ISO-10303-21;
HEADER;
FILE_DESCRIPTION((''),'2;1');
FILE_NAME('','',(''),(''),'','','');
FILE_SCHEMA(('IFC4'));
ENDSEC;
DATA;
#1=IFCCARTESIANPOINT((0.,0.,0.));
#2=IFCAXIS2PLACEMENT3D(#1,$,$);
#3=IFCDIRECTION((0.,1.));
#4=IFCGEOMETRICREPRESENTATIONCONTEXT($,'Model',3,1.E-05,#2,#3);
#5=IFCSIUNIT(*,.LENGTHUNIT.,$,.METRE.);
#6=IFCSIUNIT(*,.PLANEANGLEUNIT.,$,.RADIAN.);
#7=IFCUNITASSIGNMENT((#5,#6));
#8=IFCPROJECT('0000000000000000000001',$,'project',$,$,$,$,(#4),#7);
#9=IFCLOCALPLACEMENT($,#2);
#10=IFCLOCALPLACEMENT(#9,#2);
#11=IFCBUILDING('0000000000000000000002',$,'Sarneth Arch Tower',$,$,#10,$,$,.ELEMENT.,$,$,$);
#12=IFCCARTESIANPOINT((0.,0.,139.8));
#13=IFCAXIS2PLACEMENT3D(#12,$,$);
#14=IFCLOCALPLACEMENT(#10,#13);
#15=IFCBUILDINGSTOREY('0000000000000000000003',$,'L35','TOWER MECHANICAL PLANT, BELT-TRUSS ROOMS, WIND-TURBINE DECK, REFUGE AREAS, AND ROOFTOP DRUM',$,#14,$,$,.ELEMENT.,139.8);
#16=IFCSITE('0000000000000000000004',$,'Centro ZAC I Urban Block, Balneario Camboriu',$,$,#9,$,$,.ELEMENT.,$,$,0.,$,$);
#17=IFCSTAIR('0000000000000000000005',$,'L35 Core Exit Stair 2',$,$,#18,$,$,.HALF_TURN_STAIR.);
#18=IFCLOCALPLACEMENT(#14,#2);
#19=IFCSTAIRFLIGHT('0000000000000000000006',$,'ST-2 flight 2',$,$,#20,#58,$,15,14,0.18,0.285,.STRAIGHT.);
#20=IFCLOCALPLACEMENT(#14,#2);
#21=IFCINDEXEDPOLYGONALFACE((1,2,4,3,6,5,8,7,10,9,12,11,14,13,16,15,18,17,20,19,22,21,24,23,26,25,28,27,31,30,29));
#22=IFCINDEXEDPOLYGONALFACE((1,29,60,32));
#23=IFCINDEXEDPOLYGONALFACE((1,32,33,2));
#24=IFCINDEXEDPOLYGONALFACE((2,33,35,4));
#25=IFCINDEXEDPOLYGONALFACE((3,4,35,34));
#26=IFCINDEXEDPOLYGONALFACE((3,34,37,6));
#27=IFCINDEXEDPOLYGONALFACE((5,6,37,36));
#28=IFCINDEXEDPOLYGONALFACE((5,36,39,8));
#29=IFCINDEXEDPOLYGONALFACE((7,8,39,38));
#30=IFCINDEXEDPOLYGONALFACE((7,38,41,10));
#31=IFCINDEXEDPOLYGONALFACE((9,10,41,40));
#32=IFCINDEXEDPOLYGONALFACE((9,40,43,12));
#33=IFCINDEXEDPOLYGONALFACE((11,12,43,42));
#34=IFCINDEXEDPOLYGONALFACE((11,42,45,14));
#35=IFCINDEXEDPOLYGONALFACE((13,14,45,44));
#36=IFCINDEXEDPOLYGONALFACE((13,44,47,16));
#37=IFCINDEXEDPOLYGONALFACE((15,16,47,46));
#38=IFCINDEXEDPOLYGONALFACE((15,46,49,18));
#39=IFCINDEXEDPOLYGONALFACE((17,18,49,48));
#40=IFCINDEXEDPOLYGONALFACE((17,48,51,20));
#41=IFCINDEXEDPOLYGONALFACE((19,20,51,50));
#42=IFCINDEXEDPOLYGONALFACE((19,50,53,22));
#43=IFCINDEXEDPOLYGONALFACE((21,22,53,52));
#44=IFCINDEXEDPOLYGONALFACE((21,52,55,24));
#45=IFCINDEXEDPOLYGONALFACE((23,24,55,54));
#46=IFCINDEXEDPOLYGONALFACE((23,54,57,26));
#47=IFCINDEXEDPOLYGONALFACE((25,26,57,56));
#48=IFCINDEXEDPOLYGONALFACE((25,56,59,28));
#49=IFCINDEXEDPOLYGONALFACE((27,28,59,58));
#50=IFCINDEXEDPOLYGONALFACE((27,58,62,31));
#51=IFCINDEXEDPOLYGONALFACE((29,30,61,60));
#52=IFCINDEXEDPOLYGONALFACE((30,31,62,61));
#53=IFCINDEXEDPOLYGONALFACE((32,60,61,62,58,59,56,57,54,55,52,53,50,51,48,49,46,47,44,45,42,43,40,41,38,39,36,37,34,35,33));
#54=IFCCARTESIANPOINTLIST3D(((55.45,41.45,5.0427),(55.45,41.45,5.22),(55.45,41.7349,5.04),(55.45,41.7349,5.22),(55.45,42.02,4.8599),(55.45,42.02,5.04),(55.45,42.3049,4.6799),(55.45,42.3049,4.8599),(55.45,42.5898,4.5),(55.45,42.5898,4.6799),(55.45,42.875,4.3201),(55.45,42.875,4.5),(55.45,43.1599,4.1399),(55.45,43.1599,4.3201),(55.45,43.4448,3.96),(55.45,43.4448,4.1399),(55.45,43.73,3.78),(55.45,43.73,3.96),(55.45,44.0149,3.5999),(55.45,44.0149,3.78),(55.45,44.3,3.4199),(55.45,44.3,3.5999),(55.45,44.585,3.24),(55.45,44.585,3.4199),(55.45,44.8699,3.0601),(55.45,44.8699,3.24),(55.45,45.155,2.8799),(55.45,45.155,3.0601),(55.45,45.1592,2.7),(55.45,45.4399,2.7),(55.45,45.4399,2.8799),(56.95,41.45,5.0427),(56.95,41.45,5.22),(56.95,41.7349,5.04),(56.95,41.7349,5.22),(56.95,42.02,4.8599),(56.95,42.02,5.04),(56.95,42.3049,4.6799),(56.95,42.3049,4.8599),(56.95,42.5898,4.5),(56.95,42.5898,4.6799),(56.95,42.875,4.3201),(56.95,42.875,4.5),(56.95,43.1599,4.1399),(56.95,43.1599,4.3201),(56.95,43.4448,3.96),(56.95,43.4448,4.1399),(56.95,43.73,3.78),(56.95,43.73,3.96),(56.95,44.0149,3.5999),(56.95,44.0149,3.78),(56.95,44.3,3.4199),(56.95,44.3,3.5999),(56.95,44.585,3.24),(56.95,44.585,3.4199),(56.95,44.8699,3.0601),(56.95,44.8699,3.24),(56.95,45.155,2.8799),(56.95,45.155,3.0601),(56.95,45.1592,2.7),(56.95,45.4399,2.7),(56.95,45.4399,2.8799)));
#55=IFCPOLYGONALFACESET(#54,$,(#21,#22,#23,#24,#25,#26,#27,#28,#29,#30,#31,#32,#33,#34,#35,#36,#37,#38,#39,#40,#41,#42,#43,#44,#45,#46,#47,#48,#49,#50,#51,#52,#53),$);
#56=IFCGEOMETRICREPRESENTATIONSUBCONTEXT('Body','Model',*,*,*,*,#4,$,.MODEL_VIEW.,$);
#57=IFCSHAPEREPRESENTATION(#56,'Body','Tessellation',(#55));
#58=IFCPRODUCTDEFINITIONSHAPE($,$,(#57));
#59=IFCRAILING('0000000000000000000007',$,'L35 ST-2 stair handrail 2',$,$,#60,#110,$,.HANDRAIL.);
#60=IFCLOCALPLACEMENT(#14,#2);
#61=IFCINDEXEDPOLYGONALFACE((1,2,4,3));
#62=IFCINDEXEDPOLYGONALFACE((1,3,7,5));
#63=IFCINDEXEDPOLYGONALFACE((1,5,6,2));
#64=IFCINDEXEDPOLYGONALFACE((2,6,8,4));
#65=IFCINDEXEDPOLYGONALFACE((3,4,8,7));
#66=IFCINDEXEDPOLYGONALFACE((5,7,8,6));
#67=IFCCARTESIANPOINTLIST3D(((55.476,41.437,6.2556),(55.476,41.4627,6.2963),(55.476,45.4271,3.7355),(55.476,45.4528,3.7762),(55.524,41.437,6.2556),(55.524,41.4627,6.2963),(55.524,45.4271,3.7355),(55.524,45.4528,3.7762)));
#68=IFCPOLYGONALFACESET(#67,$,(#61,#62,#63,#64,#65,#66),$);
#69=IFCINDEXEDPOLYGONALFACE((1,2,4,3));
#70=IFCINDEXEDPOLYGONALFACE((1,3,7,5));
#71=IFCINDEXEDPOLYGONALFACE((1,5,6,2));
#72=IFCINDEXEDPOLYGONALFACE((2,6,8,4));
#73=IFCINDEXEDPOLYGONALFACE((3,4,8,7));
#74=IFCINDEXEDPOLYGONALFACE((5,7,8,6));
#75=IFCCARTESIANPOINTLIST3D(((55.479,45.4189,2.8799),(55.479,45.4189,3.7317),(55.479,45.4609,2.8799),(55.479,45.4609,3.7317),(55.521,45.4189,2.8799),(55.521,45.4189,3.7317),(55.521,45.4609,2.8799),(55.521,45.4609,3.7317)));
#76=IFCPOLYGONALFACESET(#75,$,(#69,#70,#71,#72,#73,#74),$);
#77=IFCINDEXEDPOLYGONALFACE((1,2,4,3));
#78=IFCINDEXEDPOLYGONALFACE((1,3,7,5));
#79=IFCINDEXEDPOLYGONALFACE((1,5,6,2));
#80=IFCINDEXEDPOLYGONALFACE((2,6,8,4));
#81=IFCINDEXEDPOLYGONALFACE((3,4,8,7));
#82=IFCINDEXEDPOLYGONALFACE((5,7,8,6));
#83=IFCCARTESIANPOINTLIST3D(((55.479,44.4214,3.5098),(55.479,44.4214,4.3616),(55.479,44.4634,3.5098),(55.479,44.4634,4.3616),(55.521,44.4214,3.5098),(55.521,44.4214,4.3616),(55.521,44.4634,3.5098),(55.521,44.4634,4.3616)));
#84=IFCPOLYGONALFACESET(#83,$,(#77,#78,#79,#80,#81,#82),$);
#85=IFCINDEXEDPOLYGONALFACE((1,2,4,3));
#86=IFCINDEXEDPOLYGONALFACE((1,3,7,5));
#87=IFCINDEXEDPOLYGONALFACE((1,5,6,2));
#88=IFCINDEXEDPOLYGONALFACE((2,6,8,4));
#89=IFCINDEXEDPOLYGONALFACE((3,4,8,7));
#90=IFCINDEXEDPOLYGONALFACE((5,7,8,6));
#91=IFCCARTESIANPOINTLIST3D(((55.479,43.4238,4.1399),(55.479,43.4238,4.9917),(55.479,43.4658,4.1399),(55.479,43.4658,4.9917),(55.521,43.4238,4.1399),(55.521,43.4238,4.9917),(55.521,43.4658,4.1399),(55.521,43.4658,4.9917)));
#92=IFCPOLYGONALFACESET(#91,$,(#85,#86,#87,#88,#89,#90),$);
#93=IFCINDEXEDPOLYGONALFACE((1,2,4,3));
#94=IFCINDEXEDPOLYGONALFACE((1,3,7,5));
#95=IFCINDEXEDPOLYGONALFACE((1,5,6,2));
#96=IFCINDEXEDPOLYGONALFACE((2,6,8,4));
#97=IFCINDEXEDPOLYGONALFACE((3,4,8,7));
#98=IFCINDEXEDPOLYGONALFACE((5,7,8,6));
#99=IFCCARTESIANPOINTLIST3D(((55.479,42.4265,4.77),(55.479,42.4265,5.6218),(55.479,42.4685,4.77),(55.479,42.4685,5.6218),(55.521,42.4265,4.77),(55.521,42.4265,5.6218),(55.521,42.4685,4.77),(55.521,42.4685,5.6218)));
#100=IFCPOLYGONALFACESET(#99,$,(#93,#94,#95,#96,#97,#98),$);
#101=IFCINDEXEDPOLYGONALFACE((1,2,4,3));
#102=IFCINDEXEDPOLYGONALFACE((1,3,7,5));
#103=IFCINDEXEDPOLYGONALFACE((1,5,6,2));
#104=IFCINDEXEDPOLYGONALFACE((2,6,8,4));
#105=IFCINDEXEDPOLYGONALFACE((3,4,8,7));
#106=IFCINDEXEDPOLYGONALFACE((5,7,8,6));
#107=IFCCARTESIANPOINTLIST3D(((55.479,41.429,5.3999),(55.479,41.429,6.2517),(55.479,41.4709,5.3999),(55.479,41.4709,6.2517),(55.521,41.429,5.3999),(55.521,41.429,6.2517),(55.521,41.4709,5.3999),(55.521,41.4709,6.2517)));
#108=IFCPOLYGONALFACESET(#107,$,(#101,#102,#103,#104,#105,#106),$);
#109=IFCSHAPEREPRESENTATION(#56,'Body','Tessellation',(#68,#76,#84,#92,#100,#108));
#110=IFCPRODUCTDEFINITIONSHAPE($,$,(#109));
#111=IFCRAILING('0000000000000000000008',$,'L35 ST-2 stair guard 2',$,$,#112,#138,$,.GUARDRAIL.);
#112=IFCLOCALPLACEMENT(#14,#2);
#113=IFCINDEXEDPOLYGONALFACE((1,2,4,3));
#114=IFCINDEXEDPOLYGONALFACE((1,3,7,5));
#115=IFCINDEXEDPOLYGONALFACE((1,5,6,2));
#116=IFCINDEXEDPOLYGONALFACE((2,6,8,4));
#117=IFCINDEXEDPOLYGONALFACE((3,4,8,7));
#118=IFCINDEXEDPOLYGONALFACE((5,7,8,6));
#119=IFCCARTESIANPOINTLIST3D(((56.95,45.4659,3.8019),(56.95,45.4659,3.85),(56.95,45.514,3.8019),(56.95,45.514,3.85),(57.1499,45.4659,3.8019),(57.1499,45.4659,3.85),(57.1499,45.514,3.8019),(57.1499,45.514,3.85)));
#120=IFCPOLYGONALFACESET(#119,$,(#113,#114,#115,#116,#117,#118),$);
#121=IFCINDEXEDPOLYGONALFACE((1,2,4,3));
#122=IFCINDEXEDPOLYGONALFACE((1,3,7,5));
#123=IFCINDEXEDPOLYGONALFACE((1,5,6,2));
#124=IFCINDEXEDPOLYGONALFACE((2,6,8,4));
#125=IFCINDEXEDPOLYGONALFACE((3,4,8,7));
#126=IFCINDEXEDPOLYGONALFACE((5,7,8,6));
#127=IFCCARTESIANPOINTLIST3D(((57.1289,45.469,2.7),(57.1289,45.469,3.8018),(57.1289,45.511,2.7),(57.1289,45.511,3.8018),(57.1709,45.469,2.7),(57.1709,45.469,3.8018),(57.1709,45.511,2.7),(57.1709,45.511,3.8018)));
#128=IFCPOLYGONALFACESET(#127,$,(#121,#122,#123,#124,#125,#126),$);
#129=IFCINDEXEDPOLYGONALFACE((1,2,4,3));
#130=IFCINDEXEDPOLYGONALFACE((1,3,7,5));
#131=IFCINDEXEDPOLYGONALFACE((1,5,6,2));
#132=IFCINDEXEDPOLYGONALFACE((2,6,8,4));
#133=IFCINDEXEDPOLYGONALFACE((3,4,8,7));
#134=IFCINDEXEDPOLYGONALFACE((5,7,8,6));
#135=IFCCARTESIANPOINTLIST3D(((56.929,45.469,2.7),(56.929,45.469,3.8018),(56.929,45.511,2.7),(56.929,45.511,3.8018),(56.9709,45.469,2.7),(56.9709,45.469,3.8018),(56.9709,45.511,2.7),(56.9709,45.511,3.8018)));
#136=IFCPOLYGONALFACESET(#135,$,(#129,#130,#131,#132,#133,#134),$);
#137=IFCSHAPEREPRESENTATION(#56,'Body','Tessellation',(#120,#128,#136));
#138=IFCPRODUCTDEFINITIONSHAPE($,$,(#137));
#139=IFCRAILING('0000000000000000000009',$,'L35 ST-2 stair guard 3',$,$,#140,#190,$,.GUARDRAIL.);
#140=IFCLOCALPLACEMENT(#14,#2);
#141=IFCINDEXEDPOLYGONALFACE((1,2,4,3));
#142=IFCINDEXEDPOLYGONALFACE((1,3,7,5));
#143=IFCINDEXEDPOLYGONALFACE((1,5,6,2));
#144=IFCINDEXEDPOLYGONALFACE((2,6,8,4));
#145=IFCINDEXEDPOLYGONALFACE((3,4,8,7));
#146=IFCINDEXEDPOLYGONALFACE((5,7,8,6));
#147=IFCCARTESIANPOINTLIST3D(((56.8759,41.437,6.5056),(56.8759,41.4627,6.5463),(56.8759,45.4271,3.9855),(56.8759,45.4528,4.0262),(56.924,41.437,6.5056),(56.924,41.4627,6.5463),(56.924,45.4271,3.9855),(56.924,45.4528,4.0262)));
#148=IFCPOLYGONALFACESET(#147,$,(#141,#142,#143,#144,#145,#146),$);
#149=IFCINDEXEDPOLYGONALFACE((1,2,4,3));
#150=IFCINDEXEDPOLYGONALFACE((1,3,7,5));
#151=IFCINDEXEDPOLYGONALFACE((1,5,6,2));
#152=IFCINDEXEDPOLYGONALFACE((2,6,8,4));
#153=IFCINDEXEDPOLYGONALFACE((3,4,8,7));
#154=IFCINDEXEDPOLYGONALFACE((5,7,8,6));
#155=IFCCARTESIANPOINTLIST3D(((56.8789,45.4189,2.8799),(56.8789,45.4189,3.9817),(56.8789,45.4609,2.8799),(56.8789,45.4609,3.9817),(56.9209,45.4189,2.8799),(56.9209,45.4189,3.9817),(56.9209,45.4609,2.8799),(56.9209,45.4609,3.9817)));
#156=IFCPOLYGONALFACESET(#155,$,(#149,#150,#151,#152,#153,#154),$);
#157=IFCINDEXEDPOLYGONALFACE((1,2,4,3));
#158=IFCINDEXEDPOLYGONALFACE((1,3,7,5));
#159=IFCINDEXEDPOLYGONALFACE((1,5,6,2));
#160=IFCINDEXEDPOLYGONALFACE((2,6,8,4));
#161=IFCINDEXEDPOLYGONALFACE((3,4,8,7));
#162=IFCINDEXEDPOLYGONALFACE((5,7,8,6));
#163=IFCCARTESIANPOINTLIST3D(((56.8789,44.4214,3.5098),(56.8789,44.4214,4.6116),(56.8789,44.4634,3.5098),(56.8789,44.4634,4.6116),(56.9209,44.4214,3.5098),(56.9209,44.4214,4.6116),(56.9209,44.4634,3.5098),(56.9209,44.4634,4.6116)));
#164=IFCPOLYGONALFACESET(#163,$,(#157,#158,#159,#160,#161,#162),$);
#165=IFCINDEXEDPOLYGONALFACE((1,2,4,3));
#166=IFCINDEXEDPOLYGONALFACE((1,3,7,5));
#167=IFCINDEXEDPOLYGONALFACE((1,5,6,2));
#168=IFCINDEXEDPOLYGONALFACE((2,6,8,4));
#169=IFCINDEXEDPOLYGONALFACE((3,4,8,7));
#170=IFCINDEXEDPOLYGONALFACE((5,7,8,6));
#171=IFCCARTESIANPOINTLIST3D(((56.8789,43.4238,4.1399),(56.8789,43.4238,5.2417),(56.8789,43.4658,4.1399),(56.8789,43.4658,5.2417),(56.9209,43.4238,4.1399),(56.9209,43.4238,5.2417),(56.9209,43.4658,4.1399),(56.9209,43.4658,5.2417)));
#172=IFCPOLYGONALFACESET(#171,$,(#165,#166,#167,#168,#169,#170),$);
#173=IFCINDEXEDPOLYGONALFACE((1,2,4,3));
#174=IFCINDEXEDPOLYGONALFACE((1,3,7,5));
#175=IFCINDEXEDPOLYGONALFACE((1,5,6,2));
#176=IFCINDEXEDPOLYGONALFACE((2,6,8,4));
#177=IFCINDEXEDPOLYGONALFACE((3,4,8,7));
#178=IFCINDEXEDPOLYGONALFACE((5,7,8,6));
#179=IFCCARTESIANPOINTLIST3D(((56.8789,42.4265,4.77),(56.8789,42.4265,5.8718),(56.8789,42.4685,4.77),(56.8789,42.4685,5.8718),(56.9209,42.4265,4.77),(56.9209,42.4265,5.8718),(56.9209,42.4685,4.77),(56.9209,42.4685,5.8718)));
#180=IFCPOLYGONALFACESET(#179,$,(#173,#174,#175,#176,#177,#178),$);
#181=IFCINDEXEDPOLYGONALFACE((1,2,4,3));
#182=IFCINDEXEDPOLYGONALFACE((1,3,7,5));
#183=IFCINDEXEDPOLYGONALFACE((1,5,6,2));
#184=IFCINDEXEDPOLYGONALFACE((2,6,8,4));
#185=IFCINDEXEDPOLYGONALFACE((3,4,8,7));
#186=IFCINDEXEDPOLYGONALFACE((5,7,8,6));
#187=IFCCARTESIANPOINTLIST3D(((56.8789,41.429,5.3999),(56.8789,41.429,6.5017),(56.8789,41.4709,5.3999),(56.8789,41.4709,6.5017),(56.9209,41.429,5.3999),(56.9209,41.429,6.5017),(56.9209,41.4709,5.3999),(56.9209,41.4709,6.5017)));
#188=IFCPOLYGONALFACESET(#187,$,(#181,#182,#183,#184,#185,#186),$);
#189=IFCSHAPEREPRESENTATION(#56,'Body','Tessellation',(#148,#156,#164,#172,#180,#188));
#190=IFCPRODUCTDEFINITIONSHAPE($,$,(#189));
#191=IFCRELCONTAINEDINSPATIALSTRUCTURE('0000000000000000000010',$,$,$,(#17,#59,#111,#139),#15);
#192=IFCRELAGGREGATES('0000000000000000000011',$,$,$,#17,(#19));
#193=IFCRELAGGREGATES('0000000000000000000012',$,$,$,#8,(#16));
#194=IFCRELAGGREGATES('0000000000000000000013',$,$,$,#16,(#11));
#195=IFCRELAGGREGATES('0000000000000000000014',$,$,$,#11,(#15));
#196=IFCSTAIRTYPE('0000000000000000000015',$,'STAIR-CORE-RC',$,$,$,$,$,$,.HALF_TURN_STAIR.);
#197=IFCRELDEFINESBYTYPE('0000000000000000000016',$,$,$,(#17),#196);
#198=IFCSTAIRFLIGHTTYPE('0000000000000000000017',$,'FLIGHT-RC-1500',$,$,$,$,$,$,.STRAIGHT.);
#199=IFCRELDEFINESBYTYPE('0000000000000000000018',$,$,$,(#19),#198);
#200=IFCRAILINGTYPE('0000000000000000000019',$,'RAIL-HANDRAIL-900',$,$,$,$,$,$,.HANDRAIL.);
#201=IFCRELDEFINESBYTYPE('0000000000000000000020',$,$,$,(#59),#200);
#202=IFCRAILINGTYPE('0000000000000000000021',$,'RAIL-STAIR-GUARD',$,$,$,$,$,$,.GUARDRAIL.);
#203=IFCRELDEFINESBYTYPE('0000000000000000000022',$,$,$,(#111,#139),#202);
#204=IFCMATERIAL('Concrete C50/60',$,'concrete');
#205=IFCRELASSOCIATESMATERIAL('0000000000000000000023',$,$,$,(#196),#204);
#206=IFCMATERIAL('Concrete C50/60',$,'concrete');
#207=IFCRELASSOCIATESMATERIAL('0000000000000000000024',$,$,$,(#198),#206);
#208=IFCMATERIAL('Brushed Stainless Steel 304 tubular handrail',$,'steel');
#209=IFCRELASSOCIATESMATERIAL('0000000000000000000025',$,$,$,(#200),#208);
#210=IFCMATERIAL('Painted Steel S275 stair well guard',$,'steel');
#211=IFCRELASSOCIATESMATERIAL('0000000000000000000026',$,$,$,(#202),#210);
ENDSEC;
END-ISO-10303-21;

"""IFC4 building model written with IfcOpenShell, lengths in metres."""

from ifc_helpers import new_model, si_unit, direction, frame, origin, origin_2d, place, context, subcontext, project, spatial, polyline, rectangle, outline, extrude, material, type_object, element, aggregate, save


model = new_model("IFC4")

# Units and contexts
model_context = context("Model", 3, precision=1e-05, world=origin(), true_north=direction((0.0, 1.0)))
body_context = subcontext(model_context, "Body", "Model", "MODEL_VIEW")
ifc_project = project(units=[si_unit("LENGTHUNIT", "METRE"), si_unit("PLANEANGLEUNIT", "RADIAN")], contexts=[model_context])

# Site, building, storey
site_placement = place(None, origin())
site = spatial("IfcSite", under=ifc_project, at=site_placement, Name="Centro ZAC I Urban Block, Balneario Camboriu", CompositionType="ELEMENT", RefElevation=0.0)
building_placement = place(site_placement, origin())
building = spatial("IfcBuilding", under=site, at=building_placement, Name="Sarneth Arch Tower", CompositionType="ELEMENT")
storey_placement = place(building_placement, frame((0.0, 0.0, 139.8)))
storey = spatial("IfcBuildingStorey", under=building, at=storey_placement, Name="L35", Description="TOWER MECHANICAL PLANT, BELT-TRUSS ROOMS, WIND-TURBINE DECK, REFUGE AREAS, AND ROOFTOP DRUM", CompositionType="ELEMENT", Elevation=139.8)

# Stair, stair flight
ifc_material_1 = material(Name="Concrete C50/60", Category="concrete")
stair_type = type_object("IfcStairType", Name="STAIR-CORE-RC", PredefinedType="HALF_TURN_STAIR", material=ifc_material_1)
stair_placement = place(storey_placement, origin())
stair = element("IfcStair", 1, at=stair_placement, inside=storey, type_object=stair_type, Name="L35 Core Exit Stair 2", PredefinedType="HALF_TURN_STAIR")
ifc_material_2 = material(Name="Concrete C50/60", Category="concrete")
stair_flight_type = type_object("IfcStairFlightType", Name="FLIGHT-RC-1500", PredefinedType="STRAIGHT", material=ifc_material_2)
stair_flight_placement = place(storey_placement, frame((56.2, 45.4399, 2.7), z_axis=(0.0, 0.0, 1.0), x_axis=(0.0, -1.0, 0.0)))
stair_flight = element("IfcStairFlight", 2, at=stair_flight_placement, type_object=stair_flight_type, Name="ST-2 flight 2", NumberOfRisers=15, NumberOfTreads=14, PredefinedType="STRAIGHT", RiserHeight=0.18, TreadLength=0.285, context=body_context, shape_type="SweptSolid", body=[
    extrude(outline(polyline([(0.0, 0.0), (0.0, 0.1799), (0.2849, 0.1799), (0.2849, 0.3601), (0.5701, 0.3601), (0.5701, 0.54), (0.855, 0.54), (0.855, 0.72), (1.1399, 0.72), (1.1399, 0.8999), (1.425, 0.8999), (1.425, 1.0801), (1.71, 1.0801), (1.71, 1.26), (1.9951, 1.26), (1.9951, 1.4399), (2.28, 1.4399), (2.28, 1.6201), (2.5649, 1.6201), (2.5649, 1.8), (2.8501, 1.8), (2.8501, 1.98), (3.135, 1.98), (3.135, 2.1599), (3.4199, 2.1599), (3.4199, 2.3401), (3.7051, 2.3401), (3.7051, 2.52), (3.99, 2.52), (3.99, 2.7), (3.99, 2.3428), (0.2808, 0.0), (0.0, 0.0)])), frame((0.0, 0.75, 0.0), z_axis=(0.0, -1.0, 0.0), x_axis=(1.0, 0.0, 0.0)), (0.0, 0.0, 1.0), 1.5),
])
aggregate(stair, [stair_flight])

# Railings
ifc_material_3 = material(Name="Brushed Stainless Steel 304 tubular handrail", Category="steel")
railing_type_1 = type_object("IfcRailingType", Name="RAIL-HANDRAIL-900", PredefinedType="HANDRAIL", material=ifc_material_3)
railing_1_placement = place(storey_placement, frame((55.5, 45.4399, 2.8799)))
element("IfcRailing", 3, at=railing_1_placement, inside=storey, type_object=railing_type_1, Name="L35 ST-2 stair handrail 2", PredefinedType="HANDRAIL", context=body_context, shape_type="SweptSolid", body=[
    extrude(rectangle(XDim=0.0481, YDim=0.0481, at=origin_2d()), frame((0.0, 0.0, 0.876), z_axis=(0.0, -0.845486, 0.533997), x_axis=(1.0, 0.0, 0.0)), (0.0, 0.0, 1.0), 4.7192),
    extrude(rectangle(XDim=0.042, YDim=0.042, at=origin_2d()), origin(), (0.0, 0.0, 1.0), 0.8518),
    extrude(rectangle(XDim=0.042, YDim=0.042, at=origin_2d()), frame((0.0, -0.9976, 0.6299)), (0.0, 0.0, 1.0), 0.8518),
    extrude(rectangle(XDim=0.042, YDim=0.042, at=origin_2d()), frame((0.0, -1.9951, 1.26)), (0.0, 0.0, 1.0), 0.8518),
    extrude(rectangle(XDim=0.042, YDim=0.042, at=origin_2d()), frame((0.0, -2.9924, 1.8901)), (0.0, 0.0, 1.0), 0.8518),
    extrude(rectangle(XDim=0.042, YDim=0.042, at=origin_2d()), frame((0.0, -3.99, 2.52)), (0.0, 0.0, 1.0), 0.8518),
])
ifc_material_4 = material(Name="Painted Steel S275 stair well guard", Category="steel")
railing_type_2 = type_object("IfcRailingType", Name="RAIL-STAIR-GUARD", PredefinedType="GUARDRAIL", material=ifc_material_4)
railing_2_placement = place(storey_placement, frame((57.1499, 45.49, 2.7)))
element("IfcRailing", 4, at=railing_2_placement, inside=storey, type_object=railing_type_2, Name="L35 ST-2 stair guard 2", PredefinedType="GUARDRAIL", context=body_context, shape_type="SweptSolid", body=[
    extrude(rectangle(XDim=0.0481, YDim=0.0481, at=origin_2d()), frame((0.0, 0.0, 1.126), z_axis=(-1.0, 0.0, 0.0), x_axis=(0.0, -1.0, 0.0)), (0.0, 0.0, 1.0), 0.2),
    extrude(rectangle(XDim=0.042, YDim=0.042, at=origin_2d()), origin(), (0.0, 0.0, 1.0), 1.1018),
    extrude(rectangle(XDim=0.042, YDim=0.042, at=origin_2d()), frame((-0.2, 0.0, 0.0)), (0.0, 0.0, 1.0), 1.1018),
])
railing_3_placement = place(storey_placement, frame((56.8999, 45.4399, 2.8799)))
element("IfcRailing", 5, at=railing_3_placement, inside=storey, type_object=railing_type_2, Name="L35 ST-2 stair guard 3", PredefinedType="GUARDRAIL", context=body_context, shape_type="SweptSolid", body=[
    extrude(rectangle(XDim=0.0481, YDim=0.0481, at=origin_2d()), frame((0.0, 0.0, 1.126), z_axis=(0.0, -0.845486, 0.533997), x_axis=(1.0, 0.0, 0.0)), (0.0, 0.0, 1.0), 4.7192),
    extrude(rectangle(XDim=0.042, YDim=0.042, at=origin_2d()), origin(), (0.0, 0.0, 1.0), 1.1018),
    extrude(rectangle(XDim=0.042, YDim=0.042, at=origin_2d()), frame((0.0, -0.9976, 0.6299)), (0.0, 0.0, 1.0), 1.1018),
    extrude(rectangle(XDim=0.042, YDim=0.042, at=origin_2d()), frame((0.0, -1.9951, 1.26)), (0.0, 0.0, 1.0), 1.1018),
    extrude(rectangle(XDim=0.042, YDim=0.042, at=origin_2d()), frame((0.0, -2.9924, 1.8901)), (0.0, 0.0, 1.0), 1.1018),
    extrude(rectangle(XDim=0.042, YDim=0.042, at=origin_2d()), frame((0.0, -3.99, 2.52)), (0.0, 0.0, 1.0), 1.1018),
])

save(model, "model.ifc")
